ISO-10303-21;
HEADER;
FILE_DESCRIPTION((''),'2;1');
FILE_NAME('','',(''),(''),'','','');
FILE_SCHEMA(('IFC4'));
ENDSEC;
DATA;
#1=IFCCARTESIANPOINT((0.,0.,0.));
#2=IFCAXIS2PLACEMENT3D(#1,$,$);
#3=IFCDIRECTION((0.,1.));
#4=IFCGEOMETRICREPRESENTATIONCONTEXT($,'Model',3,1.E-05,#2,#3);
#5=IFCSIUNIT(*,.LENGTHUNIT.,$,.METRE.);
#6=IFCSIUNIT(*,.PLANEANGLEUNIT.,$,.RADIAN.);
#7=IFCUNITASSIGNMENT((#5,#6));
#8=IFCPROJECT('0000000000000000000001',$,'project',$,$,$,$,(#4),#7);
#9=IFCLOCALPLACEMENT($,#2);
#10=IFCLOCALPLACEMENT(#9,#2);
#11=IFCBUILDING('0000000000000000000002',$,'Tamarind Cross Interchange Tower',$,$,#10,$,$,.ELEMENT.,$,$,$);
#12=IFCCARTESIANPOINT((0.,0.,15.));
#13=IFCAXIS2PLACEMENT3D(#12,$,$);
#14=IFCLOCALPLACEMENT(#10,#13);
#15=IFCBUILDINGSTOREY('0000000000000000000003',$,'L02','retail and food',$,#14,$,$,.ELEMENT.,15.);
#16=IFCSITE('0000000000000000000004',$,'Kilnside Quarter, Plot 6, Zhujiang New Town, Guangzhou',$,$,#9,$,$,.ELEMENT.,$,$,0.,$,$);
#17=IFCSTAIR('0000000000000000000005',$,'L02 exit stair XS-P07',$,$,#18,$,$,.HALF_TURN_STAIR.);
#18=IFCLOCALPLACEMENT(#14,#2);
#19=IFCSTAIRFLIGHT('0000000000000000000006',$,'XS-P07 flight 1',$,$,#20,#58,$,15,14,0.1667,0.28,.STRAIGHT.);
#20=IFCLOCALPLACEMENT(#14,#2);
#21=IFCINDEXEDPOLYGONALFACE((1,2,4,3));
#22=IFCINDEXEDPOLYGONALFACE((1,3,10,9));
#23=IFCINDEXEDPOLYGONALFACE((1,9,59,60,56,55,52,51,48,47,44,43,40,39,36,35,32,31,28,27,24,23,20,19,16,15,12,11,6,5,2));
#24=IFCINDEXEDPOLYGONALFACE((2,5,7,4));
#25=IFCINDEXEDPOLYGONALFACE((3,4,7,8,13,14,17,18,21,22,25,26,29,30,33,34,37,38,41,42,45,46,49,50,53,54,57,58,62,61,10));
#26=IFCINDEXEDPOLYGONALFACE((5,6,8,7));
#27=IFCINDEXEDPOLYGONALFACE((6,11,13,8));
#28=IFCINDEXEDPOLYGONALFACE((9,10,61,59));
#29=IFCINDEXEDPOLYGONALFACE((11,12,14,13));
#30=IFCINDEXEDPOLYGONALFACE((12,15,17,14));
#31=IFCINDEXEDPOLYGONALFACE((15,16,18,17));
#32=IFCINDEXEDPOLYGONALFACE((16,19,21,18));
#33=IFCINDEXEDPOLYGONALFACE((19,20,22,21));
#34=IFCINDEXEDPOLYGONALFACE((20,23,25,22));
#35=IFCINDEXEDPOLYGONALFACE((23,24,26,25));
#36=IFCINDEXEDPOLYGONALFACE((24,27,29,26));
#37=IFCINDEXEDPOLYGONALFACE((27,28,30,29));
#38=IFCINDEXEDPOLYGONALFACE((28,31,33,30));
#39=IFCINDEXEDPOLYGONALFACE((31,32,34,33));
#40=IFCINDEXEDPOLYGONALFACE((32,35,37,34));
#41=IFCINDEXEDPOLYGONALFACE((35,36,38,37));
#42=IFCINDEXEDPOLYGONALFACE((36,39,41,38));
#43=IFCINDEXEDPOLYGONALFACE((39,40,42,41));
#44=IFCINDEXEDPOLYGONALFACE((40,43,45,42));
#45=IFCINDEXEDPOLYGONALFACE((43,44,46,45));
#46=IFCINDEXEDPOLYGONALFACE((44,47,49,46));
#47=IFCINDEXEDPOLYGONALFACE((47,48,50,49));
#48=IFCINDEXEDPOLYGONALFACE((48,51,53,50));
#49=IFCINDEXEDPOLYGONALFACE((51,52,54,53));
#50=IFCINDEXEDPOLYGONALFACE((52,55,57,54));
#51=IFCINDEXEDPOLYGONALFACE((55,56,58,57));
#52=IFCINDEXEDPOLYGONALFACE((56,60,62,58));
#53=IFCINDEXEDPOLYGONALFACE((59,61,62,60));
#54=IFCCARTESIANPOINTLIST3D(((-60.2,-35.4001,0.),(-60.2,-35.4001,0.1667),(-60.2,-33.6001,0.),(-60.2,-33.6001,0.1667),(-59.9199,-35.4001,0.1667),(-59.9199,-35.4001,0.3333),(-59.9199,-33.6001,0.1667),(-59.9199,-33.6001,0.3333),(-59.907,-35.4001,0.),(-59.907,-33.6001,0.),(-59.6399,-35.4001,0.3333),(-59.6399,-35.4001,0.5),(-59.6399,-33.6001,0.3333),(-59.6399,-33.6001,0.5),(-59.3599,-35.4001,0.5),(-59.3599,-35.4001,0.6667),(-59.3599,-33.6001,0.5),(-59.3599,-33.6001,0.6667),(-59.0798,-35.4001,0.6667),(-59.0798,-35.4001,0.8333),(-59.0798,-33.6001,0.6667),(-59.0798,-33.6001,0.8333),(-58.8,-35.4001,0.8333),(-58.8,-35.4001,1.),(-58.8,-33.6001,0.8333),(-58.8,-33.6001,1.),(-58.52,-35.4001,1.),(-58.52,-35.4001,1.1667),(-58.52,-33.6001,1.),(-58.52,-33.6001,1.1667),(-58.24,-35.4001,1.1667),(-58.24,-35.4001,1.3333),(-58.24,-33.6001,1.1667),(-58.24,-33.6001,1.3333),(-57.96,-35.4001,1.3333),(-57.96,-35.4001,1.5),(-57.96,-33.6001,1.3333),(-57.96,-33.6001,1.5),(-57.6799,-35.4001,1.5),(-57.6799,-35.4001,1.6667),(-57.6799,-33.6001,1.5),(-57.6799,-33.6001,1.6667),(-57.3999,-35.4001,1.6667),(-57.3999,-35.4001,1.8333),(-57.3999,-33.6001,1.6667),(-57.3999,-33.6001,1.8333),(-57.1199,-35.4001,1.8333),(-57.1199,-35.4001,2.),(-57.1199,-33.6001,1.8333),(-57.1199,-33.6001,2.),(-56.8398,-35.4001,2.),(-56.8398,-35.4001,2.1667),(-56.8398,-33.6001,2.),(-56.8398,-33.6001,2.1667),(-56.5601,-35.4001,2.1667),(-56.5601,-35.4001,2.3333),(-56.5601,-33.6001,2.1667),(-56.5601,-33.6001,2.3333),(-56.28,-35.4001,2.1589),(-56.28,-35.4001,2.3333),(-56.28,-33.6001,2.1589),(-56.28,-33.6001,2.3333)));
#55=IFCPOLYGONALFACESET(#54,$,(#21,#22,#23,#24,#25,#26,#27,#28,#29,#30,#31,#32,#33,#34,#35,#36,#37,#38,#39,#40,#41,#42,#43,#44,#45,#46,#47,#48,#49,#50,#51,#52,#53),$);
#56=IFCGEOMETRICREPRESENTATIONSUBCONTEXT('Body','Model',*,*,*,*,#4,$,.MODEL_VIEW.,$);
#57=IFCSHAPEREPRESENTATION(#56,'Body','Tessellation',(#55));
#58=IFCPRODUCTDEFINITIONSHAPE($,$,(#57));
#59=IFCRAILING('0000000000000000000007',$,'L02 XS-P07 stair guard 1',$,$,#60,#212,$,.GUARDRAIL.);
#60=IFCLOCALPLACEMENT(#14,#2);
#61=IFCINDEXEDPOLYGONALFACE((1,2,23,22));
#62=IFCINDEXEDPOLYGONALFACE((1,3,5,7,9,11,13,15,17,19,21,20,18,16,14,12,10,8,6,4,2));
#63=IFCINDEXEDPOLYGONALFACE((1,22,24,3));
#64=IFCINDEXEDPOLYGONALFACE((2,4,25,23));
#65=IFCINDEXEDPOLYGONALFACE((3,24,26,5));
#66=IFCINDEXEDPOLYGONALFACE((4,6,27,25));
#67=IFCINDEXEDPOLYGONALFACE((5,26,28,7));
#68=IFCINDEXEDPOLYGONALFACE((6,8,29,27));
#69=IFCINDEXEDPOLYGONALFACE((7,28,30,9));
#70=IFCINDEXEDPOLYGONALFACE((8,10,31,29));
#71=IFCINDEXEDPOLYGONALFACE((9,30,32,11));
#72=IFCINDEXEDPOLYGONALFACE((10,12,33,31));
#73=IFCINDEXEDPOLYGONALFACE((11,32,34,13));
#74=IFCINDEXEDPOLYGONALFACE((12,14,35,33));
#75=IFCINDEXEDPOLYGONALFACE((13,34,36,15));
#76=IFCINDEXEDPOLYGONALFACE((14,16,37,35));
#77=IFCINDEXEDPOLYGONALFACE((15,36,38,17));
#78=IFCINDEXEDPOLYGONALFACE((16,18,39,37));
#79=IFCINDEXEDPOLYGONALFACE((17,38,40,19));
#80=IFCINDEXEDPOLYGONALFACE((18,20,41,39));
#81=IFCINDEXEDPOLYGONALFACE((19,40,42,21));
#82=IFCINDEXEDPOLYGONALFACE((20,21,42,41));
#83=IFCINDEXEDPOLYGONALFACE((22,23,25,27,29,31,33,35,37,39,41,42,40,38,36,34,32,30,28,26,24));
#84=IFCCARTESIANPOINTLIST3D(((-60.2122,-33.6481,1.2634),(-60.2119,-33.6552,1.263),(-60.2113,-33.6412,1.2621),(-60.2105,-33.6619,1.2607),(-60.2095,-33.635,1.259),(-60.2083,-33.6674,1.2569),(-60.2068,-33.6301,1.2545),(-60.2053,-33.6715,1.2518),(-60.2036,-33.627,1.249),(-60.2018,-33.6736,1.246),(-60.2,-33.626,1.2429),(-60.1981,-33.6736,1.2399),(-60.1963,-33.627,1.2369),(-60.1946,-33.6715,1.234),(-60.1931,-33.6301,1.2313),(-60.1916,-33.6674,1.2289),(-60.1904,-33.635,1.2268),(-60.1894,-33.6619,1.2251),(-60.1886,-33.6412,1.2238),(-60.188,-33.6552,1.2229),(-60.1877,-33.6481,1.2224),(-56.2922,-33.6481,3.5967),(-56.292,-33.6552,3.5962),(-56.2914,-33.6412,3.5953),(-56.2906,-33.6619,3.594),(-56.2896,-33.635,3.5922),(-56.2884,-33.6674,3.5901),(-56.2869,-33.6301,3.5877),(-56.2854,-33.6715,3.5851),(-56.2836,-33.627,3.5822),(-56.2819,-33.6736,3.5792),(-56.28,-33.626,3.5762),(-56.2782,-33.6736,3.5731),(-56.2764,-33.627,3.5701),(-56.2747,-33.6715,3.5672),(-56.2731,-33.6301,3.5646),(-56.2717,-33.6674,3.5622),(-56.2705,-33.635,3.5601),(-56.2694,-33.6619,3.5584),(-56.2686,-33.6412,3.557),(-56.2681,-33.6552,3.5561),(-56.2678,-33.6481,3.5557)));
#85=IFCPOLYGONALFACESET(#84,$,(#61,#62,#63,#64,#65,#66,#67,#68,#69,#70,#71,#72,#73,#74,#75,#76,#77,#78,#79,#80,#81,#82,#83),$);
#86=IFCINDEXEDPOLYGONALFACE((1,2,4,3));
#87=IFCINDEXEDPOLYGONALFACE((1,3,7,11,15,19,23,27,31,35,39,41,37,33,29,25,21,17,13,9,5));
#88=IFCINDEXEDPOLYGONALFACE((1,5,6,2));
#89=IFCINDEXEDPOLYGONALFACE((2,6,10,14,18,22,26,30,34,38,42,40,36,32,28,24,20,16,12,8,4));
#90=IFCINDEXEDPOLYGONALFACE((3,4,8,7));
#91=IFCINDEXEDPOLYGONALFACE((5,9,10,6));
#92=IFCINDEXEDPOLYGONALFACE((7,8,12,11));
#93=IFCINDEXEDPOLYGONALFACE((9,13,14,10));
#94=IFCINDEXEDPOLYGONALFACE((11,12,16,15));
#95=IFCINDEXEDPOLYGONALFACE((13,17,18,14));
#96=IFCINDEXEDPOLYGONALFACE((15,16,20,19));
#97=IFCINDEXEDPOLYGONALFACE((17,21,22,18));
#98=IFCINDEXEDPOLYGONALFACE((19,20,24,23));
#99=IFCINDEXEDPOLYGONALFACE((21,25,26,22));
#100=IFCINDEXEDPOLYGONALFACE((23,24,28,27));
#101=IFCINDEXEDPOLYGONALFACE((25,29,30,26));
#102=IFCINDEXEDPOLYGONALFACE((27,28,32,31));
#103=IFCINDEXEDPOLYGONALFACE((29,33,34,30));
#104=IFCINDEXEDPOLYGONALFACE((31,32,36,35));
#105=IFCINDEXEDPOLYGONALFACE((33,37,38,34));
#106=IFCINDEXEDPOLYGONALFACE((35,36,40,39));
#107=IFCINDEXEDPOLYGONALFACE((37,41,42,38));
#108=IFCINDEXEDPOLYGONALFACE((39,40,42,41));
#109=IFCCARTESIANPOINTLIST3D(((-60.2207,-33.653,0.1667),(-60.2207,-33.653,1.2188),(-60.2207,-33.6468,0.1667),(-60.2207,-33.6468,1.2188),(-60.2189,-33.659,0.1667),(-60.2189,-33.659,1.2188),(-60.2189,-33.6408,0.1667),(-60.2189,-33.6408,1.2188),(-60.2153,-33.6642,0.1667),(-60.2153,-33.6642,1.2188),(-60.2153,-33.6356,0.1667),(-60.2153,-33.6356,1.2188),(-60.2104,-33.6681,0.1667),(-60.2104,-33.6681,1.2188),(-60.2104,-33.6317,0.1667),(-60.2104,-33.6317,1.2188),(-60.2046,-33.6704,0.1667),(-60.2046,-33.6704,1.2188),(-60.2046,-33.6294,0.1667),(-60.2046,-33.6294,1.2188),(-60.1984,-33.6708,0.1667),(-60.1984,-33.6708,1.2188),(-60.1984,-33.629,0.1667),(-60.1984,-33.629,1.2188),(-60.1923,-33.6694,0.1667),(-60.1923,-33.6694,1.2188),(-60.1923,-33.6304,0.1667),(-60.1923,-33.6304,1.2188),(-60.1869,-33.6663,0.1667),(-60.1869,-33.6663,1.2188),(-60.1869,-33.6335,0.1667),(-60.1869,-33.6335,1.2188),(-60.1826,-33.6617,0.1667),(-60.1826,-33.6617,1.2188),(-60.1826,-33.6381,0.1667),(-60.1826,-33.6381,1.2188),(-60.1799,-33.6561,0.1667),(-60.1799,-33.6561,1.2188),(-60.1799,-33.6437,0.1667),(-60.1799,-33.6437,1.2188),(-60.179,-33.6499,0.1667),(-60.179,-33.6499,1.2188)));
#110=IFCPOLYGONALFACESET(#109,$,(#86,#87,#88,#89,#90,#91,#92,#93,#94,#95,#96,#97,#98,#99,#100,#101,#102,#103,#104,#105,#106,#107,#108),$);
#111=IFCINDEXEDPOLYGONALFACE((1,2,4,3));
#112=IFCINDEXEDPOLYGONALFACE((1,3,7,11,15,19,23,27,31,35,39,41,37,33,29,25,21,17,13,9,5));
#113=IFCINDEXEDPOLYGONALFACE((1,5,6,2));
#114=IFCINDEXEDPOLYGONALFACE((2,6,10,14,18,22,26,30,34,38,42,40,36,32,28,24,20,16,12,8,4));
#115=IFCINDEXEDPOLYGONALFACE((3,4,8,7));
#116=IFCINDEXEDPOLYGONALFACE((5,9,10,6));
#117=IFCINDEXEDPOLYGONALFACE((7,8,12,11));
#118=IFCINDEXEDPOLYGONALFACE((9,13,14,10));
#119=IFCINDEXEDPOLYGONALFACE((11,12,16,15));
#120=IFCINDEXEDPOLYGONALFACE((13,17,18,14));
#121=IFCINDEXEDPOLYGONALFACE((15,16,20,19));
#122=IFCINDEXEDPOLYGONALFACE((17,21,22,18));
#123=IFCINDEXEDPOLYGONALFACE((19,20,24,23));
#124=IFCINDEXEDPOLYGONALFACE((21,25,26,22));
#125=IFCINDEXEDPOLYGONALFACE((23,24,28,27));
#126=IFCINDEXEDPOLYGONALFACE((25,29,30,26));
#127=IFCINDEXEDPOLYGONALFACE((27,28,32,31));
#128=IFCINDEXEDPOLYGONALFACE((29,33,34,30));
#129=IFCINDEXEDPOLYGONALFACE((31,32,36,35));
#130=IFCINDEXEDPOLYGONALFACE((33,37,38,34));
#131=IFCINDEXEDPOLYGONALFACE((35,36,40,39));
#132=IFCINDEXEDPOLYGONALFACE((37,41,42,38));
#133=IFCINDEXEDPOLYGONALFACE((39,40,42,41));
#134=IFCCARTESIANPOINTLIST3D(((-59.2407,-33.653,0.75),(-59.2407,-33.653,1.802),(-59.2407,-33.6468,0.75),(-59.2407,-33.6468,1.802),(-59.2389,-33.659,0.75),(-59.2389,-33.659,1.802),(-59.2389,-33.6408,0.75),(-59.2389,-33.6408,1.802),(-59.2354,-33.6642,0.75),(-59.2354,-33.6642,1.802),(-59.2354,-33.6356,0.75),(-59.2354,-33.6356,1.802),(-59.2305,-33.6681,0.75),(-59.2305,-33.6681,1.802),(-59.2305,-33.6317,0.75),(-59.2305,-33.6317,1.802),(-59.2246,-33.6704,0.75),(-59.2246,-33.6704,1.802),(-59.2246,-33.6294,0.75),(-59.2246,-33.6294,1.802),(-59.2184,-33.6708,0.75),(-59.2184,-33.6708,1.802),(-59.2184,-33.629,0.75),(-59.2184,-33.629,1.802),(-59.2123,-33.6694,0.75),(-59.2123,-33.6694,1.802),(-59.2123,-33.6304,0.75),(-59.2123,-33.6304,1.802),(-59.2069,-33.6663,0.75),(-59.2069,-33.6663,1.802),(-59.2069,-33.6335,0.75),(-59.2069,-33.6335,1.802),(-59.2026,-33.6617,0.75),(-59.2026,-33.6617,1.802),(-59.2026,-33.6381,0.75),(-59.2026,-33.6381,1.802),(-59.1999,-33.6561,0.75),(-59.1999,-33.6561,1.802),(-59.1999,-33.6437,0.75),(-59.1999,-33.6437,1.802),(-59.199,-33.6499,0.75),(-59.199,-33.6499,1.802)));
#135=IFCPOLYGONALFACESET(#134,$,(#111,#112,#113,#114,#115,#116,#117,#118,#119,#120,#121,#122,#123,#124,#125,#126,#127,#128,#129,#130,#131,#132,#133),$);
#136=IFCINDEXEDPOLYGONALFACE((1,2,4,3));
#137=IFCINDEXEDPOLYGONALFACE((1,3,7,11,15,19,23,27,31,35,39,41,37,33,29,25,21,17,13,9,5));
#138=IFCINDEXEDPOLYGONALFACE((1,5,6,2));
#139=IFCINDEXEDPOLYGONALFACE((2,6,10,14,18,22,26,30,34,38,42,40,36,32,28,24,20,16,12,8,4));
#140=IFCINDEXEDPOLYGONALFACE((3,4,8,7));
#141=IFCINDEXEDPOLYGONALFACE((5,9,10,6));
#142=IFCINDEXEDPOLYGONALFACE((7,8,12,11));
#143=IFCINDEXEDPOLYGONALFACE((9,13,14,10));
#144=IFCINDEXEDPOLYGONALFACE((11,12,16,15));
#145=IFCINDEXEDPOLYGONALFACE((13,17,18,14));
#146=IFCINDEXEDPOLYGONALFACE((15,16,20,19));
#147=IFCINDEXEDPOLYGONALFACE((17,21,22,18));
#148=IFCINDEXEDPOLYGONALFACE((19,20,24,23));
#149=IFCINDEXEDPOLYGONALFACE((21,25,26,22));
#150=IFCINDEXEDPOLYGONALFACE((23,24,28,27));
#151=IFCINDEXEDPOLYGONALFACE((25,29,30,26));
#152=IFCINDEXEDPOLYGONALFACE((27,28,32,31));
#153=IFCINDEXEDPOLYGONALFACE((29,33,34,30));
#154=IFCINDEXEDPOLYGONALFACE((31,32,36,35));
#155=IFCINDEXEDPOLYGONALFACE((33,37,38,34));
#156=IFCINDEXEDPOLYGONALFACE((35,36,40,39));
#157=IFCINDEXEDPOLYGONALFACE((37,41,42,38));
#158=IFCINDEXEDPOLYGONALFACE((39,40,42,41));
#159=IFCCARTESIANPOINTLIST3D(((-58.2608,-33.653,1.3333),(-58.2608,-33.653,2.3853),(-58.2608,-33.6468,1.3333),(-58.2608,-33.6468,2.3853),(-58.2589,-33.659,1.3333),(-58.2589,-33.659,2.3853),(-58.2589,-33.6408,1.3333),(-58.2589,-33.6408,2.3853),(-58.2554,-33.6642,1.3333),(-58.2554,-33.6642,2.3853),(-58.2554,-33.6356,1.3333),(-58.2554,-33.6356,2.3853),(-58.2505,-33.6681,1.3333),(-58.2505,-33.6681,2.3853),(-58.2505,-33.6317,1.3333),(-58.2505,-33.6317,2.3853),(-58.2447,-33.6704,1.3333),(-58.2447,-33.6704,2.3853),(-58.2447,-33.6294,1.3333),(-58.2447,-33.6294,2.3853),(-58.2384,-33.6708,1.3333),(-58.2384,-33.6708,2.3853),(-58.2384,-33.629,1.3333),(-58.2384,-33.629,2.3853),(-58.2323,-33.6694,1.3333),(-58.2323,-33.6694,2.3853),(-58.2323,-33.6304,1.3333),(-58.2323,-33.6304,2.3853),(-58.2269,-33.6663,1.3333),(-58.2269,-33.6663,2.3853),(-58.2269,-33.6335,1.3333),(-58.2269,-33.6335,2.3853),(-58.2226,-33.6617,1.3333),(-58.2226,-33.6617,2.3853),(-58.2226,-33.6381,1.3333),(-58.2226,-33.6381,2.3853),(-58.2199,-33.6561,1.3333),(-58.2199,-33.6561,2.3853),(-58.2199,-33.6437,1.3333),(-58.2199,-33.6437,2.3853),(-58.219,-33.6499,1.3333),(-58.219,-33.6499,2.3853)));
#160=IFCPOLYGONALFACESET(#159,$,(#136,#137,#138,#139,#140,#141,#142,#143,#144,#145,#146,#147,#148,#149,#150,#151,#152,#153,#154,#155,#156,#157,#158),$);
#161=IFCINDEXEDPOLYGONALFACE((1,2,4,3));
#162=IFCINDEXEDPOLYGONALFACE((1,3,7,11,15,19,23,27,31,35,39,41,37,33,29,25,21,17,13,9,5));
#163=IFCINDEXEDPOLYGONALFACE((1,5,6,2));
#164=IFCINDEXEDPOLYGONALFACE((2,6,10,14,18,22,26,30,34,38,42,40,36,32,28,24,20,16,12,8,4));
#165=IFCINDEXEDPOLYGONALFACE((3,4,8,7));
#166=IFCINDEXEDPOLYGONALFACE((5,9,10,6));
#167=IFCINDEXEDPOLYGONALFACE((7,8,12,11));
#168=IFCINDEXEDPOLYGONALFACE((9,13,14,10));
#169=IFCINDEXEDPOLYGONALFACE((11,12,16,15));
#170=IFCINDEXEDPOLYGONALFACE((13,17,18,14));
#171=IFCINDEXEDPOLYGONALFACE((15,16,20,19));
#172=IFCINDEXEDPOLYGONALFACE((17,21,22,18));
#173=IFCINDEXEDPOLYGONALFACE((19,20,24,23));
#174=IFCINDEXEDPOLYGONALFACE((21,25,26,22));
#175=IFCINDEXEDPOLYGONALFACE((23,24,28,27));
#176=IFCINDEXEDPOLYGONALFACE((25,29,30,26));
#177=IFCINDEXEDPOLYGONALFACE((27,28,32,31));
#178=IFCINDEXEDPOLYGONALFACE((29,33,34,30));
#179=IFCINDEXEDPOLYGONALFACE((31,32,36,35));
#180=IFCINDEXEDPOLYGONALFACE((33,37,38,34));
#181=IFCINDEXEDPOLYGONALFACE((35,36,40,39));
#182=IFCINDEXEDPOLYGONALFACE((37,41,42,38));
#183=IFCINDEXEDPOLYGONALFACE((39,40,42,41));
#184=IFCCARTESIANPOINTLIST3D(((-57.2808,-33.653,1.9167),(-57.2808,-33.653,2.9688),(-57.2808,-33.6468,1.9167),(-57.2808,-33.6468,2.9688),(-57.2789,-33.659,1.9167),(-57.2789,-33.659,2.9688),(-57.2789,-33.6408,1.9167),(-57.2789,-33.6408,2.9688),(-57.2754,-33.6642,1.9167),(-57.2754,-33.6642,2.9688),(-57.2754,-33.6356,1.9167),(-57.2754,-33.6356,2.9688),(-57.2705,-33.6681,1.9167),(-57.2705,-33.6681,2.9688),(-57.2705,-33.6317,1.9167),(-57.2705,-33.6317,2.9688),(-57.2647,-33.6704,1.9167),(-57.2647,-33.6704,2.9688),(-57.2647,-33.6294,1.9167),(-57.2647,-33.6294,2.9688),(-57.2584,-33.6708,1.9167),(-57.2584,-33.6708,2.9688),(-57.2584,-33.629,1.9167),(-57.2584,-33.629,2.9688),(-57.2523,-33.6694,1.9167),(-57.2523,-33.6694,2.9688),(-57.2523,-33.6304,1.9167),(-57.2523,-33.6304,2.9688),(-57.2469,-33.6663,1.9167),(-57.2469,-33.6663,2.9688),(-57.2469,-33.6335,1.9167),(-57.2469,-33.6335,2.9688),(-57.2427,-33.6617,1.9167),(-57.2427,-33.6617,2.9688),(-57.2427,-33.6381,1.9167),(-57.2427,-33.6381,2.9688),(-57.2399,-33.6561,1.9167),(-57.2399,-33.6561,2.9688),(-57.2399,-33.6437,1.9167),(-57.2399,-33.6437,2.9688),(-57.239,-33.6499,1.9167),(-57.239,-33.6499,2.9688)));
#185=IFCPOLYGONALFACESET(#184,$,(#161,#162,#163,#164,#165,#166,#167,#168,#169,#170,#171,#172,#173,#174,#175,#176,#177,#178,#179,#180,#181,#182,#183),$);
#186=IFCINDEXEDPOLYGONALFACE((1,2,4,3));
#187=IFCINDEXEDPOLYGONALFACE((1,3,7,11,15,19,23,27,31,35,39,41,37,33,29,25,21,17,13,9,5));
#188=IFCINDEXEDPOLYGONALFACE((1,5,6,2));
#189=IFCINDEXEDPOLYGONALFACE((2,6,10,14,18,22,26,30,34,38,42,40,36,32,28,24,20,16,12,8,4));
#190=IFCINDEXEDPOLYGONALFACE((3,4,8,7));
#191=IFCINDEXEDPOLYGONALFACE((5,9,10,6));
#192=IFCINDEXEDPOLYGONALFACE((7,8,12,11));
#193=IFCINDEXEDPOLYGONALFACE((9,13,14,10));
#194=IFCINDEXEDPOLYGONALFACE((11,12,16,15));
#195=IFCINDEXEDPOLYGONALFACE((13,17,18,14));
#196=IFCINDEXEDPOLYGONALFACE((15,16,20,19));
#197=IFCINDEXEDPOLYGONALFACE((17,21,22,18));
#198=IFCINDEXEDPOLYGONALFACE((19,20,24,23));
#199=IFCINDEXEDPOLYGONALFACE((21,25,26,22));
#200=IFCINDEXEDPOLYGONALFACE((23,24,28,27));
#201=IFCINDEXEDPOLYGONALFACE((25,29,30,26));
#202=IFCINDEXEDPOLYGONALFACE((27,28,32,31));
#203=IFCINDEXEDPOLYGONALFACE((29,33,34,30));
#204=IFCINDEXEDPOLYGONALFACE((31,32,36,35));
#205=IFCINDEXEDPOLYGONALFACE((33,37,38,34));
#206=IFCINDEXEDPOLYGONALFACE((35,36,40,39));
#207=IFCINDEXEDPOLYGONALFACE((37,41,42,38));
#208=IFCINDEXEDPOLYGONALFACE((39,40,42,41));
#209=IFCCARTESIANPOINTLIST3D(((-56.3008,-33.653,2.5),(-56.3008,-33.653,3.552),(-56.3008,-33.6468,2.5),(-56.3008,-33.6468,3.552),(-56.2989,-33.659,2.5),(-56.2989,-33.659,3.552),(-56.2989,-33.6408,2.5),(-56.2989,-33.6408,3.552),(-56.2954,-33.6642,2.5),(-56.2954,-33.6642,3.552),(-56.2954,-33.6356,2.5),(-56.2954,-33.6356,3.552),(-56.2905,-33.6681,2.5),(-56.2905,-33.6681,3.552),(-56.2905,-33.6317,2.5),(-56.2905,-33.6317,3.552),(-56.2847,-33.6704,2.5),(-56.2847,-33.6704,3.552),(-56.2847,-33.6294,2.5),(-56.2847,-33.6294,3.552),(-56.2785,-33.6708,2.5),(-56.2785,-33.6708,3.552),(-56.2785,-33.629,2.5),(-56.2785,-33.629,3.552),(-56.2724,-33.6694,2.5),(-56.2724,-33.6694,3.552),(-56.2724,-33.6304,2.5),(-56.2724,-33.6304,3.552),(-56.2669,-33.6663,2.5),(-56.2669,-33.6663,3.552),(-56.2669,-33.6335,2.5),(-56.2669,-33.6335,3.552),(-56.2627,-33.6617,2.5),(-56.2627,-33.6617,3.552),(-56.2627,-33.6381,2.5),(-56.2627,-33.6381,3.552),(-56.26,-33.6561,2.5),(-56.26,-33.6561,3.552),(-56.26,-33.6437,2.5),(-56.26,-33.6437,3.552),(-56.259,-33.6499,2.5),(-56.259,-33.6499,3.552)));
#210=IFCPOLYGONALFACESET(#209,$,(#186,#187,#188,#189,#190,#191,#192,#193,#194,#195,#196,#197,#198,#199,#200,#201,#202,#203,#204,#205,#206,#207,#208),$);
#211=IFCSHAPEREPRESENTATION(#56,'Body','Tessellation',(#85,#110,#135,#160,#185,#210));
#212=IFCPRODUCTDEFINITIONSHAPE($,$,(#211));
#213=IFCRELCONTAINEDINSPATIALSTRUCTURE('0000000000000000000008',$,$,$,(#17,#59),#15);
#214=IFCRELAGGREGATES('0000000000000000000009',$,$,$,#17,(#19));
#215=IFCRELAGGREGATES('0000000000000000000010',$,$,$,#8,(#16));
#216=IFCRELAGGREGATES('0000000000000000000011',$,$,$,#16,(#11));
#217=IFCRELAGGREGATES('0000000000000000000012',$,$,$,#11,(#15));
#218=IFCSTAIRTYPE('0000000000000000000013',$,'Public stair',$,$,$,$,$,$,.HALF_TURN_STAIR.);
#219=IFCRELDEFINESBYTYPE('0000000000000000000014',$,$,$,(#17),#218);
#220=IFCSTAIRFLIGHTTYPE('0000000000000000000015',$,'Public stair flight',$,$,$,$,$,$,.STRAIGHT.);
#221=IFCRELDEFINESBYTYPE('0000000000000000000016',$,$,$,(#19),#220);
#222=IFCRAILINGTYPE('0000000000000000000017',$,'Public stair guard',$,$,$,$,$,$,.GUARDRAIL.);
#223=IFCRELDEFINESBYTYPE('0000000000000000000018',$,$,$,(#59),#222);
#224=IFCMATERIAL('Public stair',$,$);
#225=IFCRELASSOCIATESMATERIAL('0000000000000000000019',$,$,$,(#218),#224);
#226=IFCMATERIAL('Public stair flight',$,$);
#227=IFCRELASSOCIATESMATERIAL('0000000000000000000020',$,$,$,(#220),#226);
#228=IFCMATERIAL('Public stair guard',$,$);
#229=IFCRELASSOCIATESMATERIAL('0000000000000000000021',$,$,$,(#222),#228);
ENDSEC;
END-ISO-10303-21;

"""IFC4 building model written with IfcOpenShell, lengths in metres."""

from ifc_helpers import new_model, si_unit, direction, frame, origin, origin_2d, place, context, subcontext, project, spatial, polyline, circle, outline, extrude, material, type_object, element, aggregate, save


model = new_model("IFC4")

# Units and contexts
model_context = context("Model", 3, precision=1e-05, world=origin(), true_north=direction((0.0, 1.0)))
body_context = subcontext(model_context, "Body", "Model", "MODEL_VIEW")
ifc_project = project(units=[si_unit("LENGTHUNIT", "METRE"), si_unit("PLANEANGLEUNIT", "RADIAN")], contexts=[model_context])

# Site, building, storey
site_placement = place(None, origin())
site = spatial("IfcSite", under=ifc_project, at=site_placement, Name="Kilnside Quarter, Plot 6, Zhujiang New Town, Guangzhou", CompositionType="ELEMENT", RefElevation=0.0)
building_placement = place(site_placement, origin())
building = spatial("IfcBuilding", under=site, at=building_placement, Name="Tamarind Cross Interchange Tower", CompositionType="ELEMENT")
storey_placement = place(building_placement, frame((0.0, 0.0, 15.0)))
storey = spatial("IfcBuildingStorey", under=building, at=storey_placement, Name="L02", Description="retail and food", CompositionType="ELEMENT", Elevation=15.0)

# Stair, stair flight
ifc_material_1 = material(Name="Public stair")
stair_type = type_object("IfcStairType", Name="Public stair", PredefinedType="HALF_TURN_STAIR", material=ifc_material_1)
stair_placement = place(storey_placement, origin())
stair = element("IfcStair", 1, at=stair_placement, inside=storey, type_object=stair_type, Name="L02 exit stair XS-P07", PredefinedType="HALF_TURN_STAIR")
ifc_material_2 = material(Name="Public stair flight")
stair_flight_type = type_object("IfcStairFlightType", Name="Public stair flight", PredefinedType="STRAIGHT", material=ifc_material_2)
stair_flight_placement = place(storey_placement, frame((-60.2, -34.5, 0.0), z_axis=(0.0, 0.0, 1.0), x_axis=(1.0, 0.0, 0.0)))
stair_flight = element("IfcStairFlight", 2, at=stair_flight_placement, type_object=stair_flight_type, Name="XS-P07 flight 1", NumberOfRisers=15, NumberOfTreads=14, PredefinedType="STRAIGHT", RiserHeight=0.1667, TreadLength=0.28, context=body_context, shape_type="SweptSolid", body=[
    extrude(outline(polyline([(0.0, 0.0), (0.0, 0.1667), (0.28, 0.1667), (0.28, 0.3333), (0.5601, 0.3333), (0.5601, 0.5), (0.8401, 0.5), (0.8401, 0.6667), (1.1201, 0.6667), (1.1201, 0.8333), (1.3999, 0.8333), (1.3999, 1.0), (1.6799, 1.0), (1.6799, 1.1667), (1.96, 1.1667), (1.96, 1.3333), (2.24, 1.3333), (2.24, 1.5), (2.52, 1.5), (2.52, 1.6667), (2.8, 1.6667), (2.8, 1.8333), (3.0801, 1.8333), (3.0801, 2.0), (3.3601, 2.0), (3.3601, 2.1667), (3.6399, 2.1667), (3.6399, 2.3333), (3.9199, 2.3333), (3.9199, 2.5), (3.9199, 2.1589), (0.293, 0.0), (0.0, 0.0)])), frame((0.0, 0.8999, 0.0), z_axis=(0.0, -1.0, 0.0), x_axis=(1.0, 0.0, 0.0)), (0.0, 0.0, 1.0), 1.8),
])
aggregate(stair, [stair_flight])

# Railing
ifc_material_3 = material(Name="Public stair guard")
railing_type_1 = type_object("IfcRailingType", Name="Public stair guard", PredefinedType="GUARDRAIL", material=ifc_material_3)
railing_1_placement = place(storey_placement, frame((-60.2, -33.6499, 0.1667)))
element("IfcRailing", 3, at=railing_1_placement, inside=storey, type_object=railing_type_1, Name="L02 XS-P07 stair guard 1", PredefinedType="GUARDRAIL", context=body_context, shape_type="SweptSolid", body=[
    extrude(circle(Radius=0.0239, at=origin_2d()), frame((0.0, 0.0, 1.0762), z_axis=(0.859296, 0.0, 0.511478), x_axis=(0.0, 1.0, 0.0)), (0.0, 0.0, 1.0), 4.5618),
    extrude(circle(Radius=0.021, at=origin_2d()), origin(), (0.0, 0.0, 1.0), 1.052),
    extrude(circle(Radius=0.021, at=origin_2d()), frame((0.98, 0.0, 0.5833)), (0.0, 0.0, 1.0), 1.052),
    extrude(circle(Radius=0.021, at=origin_2d()), frame((1.96, 0.0, 1.1665)), (0.0, 0.0, 1.0), 1.052),
    extrude(circle(Radius=0.021, at=origin_2d()), frame((2.9399, 0.0, 1.75)), (0.0, 0.0, 1.0), 1.052),
    extrude(circle(Radius=0.021, at=origin_2d()), frame((3.9199, 0.0, 2.3333)), (0.0, 0.0, 1.0), 1.052),
])

save(model, "model.ifc")
